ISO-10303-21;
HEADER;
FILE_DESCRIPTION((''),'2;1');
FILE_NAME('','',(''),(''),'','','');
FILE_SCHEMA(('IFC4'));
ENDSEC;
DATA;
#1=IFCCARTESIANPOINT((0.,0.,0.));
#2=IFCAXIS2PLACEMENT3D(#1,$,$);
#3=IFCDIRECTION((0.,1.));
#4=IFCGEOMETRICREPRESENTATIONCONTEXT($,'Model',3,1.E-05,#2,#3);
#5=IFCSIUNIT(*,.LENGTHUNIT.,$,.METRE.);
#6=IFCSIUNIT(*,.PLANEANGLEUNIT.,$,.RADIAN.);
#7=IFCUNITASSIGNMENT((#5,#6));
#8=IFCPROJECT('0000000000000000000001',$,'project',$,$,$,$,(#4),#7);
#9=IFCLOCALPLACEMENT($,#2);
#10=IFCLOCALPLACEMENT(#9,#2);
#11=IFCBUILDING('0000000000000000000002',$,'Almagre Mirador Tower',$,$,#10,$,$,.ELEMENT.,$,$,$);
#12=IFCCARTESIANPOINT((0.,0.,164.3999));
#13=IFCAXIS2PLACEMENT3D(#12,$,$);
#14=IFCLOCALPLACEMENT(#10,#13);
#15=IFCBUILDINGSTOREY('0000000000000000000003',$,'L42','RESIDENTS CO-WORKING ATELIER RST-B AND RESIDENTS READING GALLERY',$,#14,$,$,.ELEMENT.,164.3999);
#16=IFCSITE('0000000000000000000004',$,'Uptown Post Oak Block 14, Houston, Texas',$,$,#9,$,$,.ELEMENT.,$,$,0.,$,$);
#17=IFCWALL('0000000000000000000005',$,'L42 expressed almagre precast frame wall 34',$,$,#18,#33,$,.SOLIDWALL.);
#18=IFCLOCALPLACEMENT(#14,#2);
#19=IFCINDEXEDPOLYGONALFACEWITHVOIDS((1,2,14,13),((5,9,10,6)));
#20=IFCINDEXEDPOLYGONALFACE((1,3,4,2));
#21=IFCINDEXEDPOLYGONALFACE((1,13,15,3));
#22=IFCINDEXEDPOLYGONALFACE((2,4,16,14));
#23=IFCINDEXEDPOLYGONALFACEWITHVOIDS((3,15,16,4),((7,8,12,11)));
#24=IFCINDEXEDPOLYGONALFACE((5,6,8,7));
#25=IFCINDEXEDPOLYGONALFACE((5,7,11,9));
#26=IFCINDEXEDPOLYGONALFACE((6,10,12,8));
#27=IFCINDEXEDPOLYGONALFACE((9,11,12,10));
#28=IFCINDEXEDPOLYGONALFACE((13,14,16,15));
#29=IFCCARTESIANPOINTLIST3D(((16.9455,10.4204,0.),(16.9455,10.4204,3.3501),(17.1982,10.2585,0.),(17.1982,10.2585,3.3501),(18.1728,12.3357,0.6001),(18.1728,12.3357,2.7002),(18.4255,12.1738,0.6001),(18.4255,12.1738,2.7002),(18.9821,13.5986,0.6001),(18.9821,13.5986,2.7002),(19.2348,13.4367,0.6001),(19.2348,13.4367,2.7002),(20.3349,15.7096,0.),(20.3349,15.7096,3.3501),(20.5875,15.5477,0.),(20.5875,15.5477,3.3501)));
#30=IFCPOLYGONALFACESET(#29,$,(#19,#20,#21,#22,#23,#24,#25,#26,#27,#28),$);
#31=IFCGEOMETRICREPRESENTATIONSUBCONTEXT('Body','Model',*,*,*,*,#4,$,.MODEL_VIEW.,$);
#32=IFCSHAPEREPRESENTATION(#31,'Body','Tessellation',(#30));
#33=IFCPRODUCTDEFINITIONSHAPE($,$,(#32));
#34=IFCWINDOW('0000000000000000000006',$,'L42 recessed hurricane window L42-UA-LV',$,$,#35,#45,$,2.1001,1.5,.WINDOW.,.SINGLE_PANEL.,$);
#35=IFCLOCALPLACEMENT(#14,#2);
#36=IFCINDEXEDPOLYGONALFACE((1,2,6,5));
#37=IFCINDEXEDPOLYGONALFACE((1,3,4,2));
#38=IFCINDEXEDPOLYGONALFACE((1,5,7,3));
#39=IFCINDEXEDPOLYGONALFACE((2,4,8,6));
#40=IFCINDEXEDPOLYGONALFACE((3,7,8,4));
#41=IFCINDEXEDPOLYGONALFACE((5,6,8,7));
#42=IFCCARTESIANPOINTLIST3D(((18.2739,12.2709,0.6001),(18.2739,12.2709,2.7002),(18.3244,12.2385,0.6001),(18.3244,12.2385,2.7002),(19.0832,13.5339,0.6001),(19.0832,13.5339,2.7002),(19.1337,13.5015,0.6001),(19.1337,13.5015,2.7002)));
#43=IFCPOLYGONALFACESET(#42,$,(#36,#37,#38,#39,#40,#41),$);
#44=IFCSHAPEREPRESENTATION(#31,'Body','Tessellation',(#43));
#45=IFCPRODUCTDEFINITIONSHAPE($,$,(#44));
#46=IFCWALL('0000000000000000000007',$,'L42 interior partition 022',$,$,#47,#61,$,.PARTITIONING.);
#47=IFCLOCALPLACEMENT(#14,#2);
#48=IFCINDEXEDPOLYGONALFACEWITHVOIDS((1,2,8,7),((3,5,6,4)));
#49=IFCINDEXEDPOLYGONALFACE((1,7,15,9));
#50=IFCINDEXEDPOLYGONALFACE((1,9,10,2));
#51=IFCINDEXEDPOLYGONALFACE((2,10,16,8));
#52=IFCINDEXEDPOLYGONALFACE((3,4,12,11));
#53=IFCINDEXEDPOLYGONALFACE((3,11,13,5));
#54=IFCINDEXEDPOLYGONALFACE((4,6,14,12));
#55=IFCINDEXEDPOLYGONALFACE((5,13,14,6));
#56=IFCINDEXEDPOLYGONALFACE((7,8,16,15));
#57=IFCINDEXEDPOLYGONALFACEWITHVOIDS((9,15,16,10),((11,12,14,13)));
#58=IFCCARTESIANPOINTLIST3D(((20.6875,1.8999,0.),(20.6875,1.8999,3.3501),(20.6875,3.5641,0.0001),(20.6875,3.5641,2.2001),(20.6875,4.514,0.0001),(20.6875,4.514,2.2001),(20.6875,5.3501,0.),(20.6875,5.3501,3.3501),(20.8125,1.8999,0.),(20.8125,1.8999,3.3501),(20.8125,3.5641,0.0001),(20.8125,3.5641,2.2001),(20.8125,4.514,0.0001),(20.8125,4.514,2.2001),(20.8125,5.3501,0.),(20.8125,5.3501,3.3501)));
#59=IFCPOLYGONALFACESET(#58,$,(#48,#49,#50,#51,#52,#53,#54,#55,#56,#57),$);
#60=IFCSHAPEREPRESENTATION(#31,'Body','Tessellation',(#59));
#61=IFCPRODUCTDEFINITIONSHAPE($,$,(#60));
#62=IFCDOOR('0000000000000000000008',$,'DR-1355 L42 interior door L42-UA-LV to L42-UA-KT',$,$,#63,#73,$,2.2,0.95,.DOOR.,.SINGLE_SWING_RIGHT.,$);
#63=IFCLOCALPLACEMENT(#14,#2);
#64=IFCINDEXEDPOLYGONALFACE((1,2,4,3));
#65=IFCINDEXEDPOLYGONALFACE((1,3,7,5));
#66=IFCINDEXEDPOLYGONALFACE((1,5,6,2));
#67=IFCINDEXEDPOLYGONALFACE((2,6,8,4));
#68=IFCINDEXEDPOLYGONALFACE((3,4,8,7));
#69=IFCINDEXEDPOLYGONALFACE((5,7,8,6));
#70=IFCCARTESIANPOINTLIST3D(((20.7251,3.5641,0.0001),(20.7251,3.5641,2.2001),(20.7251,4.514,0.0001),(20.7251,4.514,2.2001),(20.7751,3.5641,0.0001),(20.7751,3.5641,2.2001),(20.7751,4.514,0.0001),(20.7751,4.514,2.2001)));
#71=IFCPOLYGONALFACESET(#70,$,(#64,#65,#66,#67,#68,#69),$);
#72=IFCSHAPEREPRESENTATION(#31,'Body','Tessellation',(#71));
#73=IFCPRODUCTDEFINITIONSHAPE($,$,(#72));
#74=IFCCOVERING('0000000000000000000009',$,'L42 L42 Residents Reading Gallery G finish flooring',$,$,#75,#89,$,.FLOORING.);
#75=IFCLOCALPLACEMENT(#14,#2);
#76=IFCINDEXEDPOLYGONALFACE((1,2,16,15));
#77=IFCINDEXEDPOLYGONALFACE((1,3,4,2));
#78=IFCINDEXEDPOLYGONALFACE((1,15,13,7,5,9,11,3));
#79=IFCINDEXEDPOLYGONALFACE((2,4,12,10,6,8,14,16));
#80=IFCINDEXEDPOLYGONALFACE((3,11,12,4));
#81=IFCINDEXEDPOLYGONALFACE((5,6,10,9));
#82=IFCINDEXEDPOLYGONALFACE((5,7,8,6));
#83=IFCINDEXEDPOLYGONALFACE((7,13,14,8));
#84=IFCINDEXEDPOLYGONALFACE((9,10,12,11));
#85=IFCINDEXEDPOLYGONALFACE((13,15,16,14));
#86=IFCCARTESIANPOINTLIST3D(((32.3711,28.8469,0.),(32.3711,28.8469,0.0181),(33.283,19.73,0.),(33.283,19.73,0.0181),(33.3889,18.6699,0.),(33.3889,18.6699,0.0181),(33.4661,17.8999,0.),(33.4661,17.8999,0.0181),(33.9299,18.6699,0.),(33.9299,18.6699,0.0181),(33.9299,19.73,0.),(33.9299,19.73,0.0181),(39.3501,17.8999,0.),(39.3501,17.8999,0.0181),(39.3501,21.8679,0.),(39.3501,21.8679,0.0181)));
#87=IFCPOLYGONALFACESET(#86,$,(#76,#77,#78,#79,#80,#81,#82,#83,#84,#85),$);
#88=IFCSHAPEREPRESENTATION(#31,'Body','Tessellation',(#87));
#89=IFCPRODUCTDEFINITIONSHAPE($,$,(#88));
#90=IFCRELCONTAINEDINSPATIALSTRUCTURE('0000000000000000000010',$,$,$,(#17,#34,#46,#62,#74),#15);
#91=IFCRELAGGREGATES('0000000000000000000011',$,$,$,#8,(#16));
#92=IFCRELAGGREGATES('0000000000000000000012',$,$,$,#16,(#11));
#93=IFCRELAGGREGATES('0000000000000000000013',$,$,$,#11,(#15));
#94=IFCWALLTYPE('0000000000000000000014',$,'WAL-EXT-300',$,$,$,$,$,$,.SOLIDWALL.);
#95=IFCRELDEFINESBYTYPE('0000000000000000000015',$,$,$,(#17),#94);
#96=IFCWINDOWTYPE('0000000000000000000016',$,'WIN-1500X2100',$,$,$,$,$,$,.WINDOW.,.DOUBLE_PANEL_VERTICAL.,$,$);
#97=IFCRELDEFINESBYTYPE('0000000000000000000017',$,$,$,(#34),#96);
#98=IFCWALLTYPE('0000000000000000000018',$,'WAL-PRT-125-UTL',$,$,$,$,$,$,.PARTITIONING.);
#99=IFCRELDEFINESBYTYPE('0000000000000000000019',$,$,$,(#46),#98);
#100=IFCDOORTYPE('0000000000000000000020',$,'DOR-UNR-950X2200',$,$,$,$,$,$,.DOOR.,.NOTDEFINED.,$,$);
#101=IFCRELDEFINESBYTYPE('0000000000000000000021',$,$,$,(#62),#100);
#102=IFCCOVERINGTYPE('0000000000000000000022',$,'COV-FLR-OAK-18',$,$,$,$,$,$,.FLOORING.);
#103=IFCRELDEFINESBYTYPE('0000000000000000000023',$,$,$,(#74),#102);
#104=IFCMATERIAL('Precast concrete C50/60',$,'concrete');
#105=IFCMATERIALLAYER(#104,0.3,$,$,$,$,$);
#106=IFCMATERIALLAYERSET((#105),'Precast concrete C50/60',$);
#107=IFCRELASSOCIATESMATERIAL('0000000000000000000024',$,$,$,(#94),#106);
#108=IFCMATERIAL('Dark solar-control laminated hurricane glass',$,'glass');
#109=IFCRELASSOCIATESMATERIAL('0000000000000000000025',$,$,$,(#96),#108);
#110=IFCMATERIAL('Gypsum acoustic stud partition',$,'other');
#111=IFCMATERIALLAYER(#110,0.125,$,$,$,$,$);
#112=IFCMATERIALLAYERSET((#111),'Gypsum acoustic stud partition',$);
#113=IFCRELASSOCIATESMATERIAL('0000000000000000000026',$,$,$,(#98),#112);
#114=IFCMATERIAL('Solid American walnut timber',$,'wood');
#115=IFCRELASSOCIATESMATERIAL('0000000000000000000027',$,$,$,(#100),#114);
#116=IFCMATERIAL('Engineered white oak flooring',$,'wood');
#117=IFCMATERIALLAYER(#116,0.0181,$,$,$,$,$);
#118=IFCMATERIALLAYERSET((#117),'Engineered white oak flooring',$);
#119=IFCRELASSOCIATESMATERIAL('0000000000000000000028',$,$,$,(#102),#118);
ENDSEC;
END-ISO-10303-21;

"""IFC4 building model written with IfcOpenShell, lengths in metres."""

from ifc_helpers import new_model, si_unit, direction, frame, frame_2d, origin, place, context, subcontext, project, spatial, polyline, rectangle, outline, extrude, material, layer, layer_set, type_object, element, fill, save


model = new_model("IFC4")

# Units and contexts
model_context = context("Model", 3, precision=1e-05, world=origin(), true_north=direction((0.0, 1.0)))
body_context = subcontext(model_context, "Body", "Model", "MODEL_VIEW")
ifc_project = project(units=[si_unit("LENGTHUNIT", "METRE"), si_unit("PLANEANGLEUNIT", "RADIAN")], contexts=[model_context])

# Site, building, storey
site_placement = place(None, origin())
site = spatial("IfcSite", under=ifc_project, at=site_placement, Name="Uptown Post Oak Block 14, Houston, Texas", CompositionType="ELEMENT", RefElevation=0.0)
building_placement = place(site_placement, origin())
building = spatial("IfcBuilding", under=site, at=building_placement, Name="Almagre Mirador Tower", CompositionType="ELEMENT")
storey_placement = place(building_placement, frame((0.0, 0.0, 164.3999)))
storey = spatial("IfcBuildingStorey", under=building, at=storey_placement, Name="L42", Description="RESIDENTS CO-WORKING ATELIER RST-B AND RESIDENTS READING GALLERY", CompositionType="ELEMENT", Elevation=164.3999)

# Shared definitions
ifc_material_1 = material(Name="Precast concrete C50/60", Category="concrete")
ifc_layer_1 = layer(ifc_material_1, 0.3)
ifc_layer_set_1 = layer_set([ifc_layer_1], Name="Precast concrete C50/60")
wall_type_1 = type_object("IfcWallType", Name="WAL-EXT-300", PredefinedType="SOLIDWALL", material=ifc_layer_set_1)

# Wall, opening, window
wall_1_placement = place(storey_placement, frame((17.0718, 10.3394, 0.0), z_axis=(0.0, 0.0, 1.0), x_axis=(0.539533, 0.841964, 0.0)))
wall_1 = element("IfcWall", 1, at=wall_1_placement, inside=storey, type_object=wall_type_1, Name="L42 expressed almagre precast frame wall 34", PredefinedType="SOLIDWALL", context=body_context, shape_type="SweptSolid", body=[
    extrude(rectangle(XDim=6.282, YDim=0.3, at=frame_2d((3.1411, 0.0))), origin(), (0.0, 0.0, 1.0), 3.3501),
])
opening_1_placement = place(wall_1_placement, frame((2.2749, 0.0, 0.6001)))
opening_1 = element("IfcOpeningElement", 2, at=opening_1_placement, cuts=wall_1, PredefinedType="OPENING", context=body_context, shape_type="SweptSolid", body=[
    extrude(rectangle(XDim=1.5, YDim=2.1001, at=frame_2d((0.75, 1.05))), frame((0.0, 0.1599, 0.0), z_axis=(0.0, -1.0, 0.0), x_axis=(1.0, 0.0, 0.0)), (0.0, 0.0, 1.0), 0.32),
])
ifc_material_2 = material(Name="Dark solar-control laminated hurricane glass", Category="glass")
window_type_1 = type_object("IfcWindowType", Name="WIN-1500X2100", PartitioningType="DOUBLE_PANEL_VERTICAL", PredefinedType="WINDOW", material=ifc_material_2)
window_1_placement = place(opening_1_placement, origin())
window_1 = element("IfcWindow", 3, at=window_1_placement, inside=storey, type_object=window_type_1, Name="L42 recessed hurricane window L42-UA-LV", OverallHeight=2.1001, OverallWidth=1.5, PartitioningType="SINGLE_PANEL", PredefinedType="WINDOW", context=body_context, shape_type="SweptSolid", body=[
    extrude(rectangle(XDim=1.5, YDim=2.1001, at=frame_2d((0.75, 1.05))), frame((0.0, 0.03, 0.0), z_axis=(0.0, -1.0, 0.0), x_axis=(1.0, 0.0, 0.0)), (0.0, 0.0, 1.0), 0.0601),
])
fill(opening_1, window_1)

# Wall, opening, door
ifc_material_3 = material(Name="Gypsum acoustic stud partition", Category="other")
ifc_layer_2 = layer(ifc_material_3, 0.125)
ifc_layer_set_2 = layer_set([ifc_layer_2], Name="Gypsum acoustic stud partition")
wall_type_2 = type_object("IfcWallType", Name="WAL-PRT-125-UTL", PredefinedType="PARTITIONING", material=ifc_layer_set_2)
wall_2_placement = place(storey_placement, frame((20.75, 1.8999, 0.0), z_axis=(0.0, 0.0, 1.0), x_axis=(0.0, 1.0, 0.0)))
wall_2 = element("IfcWall", 4, at=wall_2_placement, inside=storey, type_object=wall_type_2, Name="L42 interior partition 022", PredefinedType="PARTITIONING", context=body_context, shape_type="SweptSolid", body=[
    extrude(rectangle(XDim=3.4502, YDim=0.125, at=frame_2d((1.7251, 0.0))), origin(), (0.0, 0.0, 1.0), 3.3501),
])
opening_2_placement = place(wall_2_placement, frame((1.6641, 0.0, 0.0)))
opening_2 = element("IfcOpeningElement", 5, at=opening_2_placement, cuts=wall_2, PredefinedType="OPENING", context=body_context, shape_type="SweptSolid", body=[
    extrude(rectangle(XDim=0.95, YDim=2.2, at=frame_2d((0.4751, 1.1001))), frame((0.0, 0.0725, 0.0), z_axis=(0.0, -1.0, 0.0), x_axis=(1.0, 0.0, 0.0)), (0.0, 0.0, 1.0), 0.145),
])
ifc_material_4 = material(Name="Solid American walnut timber", Category="wood")
door_type = type_object("IfcDoorType", Name="DOR-UNR-950X2200", OperationType="NOTDEFINED", PredefinedType="DOOR", material=ifc_material_4)
door_placement = place(opening_2_placement, origin())
door = element("IfcDoor", 6, at=door_placement, inside=storey, type_object=door_type, Name="DR-1355 L42 interior door L42-UA-LV to L42-UA-KT", OperationType="SINGLE_SWING_RIGHT", OverallHeight=2.2, OverallWidth=0.95, PredefinedType="DOOR", context=body_context, shape_type="SweptSolid", body=[
    extrude(rectangle(XDim=0.95, YDim=2.2, at=frame_2d((0.4751, 1.1001))), frame((0.0, 0.0249, 0.0), z_axis=(0.0, -1.0, 0.0), x_axis=(1.0, 0.0, 0.0)), (0.0, 0.0, 1.0), 0.05),
])
fill(opening_2, door)

# Covering
ifc_material_5 = material(Name="Engineered white oak flooring", Category="wood")
ifc_layer_3 = layer(ifc_material_5, 0.0181)
ifc_layer_set_3 = layer_set([ifc_layer_3], Name="Engineered white oak flooring")
covering_type = type_object("IfcCoveringType", Name="COV-FLR-OAK-18", PredefinedType="FLOORING", material=ifc_layer_set_3)
covering_placement = place(storey_placement, origin())
element("IfcCovering", 7, at=covering_placement, inside=storey, type_object=covering_type, Name="L42 L42 Residents Reading Gallery G finish flooring", PredefinedType="FLOORING", context=body_context, shape_type="SweptSolid", body=[
    extrude(outline(polyline([(33.4661, 17.8999), (33.3889, 18.6699), (33.9299, 18.6699), (33.9299, 19.73), (33.283, 19.73), (32.3711, 28.8469), (39.3501, 21.8679), (39.3501, 17.8999), (33.4661, 17.8999)])), origin(), (0.0, 0.0, 1.0), 0.0181),
])

save(model, "model.ifc")
